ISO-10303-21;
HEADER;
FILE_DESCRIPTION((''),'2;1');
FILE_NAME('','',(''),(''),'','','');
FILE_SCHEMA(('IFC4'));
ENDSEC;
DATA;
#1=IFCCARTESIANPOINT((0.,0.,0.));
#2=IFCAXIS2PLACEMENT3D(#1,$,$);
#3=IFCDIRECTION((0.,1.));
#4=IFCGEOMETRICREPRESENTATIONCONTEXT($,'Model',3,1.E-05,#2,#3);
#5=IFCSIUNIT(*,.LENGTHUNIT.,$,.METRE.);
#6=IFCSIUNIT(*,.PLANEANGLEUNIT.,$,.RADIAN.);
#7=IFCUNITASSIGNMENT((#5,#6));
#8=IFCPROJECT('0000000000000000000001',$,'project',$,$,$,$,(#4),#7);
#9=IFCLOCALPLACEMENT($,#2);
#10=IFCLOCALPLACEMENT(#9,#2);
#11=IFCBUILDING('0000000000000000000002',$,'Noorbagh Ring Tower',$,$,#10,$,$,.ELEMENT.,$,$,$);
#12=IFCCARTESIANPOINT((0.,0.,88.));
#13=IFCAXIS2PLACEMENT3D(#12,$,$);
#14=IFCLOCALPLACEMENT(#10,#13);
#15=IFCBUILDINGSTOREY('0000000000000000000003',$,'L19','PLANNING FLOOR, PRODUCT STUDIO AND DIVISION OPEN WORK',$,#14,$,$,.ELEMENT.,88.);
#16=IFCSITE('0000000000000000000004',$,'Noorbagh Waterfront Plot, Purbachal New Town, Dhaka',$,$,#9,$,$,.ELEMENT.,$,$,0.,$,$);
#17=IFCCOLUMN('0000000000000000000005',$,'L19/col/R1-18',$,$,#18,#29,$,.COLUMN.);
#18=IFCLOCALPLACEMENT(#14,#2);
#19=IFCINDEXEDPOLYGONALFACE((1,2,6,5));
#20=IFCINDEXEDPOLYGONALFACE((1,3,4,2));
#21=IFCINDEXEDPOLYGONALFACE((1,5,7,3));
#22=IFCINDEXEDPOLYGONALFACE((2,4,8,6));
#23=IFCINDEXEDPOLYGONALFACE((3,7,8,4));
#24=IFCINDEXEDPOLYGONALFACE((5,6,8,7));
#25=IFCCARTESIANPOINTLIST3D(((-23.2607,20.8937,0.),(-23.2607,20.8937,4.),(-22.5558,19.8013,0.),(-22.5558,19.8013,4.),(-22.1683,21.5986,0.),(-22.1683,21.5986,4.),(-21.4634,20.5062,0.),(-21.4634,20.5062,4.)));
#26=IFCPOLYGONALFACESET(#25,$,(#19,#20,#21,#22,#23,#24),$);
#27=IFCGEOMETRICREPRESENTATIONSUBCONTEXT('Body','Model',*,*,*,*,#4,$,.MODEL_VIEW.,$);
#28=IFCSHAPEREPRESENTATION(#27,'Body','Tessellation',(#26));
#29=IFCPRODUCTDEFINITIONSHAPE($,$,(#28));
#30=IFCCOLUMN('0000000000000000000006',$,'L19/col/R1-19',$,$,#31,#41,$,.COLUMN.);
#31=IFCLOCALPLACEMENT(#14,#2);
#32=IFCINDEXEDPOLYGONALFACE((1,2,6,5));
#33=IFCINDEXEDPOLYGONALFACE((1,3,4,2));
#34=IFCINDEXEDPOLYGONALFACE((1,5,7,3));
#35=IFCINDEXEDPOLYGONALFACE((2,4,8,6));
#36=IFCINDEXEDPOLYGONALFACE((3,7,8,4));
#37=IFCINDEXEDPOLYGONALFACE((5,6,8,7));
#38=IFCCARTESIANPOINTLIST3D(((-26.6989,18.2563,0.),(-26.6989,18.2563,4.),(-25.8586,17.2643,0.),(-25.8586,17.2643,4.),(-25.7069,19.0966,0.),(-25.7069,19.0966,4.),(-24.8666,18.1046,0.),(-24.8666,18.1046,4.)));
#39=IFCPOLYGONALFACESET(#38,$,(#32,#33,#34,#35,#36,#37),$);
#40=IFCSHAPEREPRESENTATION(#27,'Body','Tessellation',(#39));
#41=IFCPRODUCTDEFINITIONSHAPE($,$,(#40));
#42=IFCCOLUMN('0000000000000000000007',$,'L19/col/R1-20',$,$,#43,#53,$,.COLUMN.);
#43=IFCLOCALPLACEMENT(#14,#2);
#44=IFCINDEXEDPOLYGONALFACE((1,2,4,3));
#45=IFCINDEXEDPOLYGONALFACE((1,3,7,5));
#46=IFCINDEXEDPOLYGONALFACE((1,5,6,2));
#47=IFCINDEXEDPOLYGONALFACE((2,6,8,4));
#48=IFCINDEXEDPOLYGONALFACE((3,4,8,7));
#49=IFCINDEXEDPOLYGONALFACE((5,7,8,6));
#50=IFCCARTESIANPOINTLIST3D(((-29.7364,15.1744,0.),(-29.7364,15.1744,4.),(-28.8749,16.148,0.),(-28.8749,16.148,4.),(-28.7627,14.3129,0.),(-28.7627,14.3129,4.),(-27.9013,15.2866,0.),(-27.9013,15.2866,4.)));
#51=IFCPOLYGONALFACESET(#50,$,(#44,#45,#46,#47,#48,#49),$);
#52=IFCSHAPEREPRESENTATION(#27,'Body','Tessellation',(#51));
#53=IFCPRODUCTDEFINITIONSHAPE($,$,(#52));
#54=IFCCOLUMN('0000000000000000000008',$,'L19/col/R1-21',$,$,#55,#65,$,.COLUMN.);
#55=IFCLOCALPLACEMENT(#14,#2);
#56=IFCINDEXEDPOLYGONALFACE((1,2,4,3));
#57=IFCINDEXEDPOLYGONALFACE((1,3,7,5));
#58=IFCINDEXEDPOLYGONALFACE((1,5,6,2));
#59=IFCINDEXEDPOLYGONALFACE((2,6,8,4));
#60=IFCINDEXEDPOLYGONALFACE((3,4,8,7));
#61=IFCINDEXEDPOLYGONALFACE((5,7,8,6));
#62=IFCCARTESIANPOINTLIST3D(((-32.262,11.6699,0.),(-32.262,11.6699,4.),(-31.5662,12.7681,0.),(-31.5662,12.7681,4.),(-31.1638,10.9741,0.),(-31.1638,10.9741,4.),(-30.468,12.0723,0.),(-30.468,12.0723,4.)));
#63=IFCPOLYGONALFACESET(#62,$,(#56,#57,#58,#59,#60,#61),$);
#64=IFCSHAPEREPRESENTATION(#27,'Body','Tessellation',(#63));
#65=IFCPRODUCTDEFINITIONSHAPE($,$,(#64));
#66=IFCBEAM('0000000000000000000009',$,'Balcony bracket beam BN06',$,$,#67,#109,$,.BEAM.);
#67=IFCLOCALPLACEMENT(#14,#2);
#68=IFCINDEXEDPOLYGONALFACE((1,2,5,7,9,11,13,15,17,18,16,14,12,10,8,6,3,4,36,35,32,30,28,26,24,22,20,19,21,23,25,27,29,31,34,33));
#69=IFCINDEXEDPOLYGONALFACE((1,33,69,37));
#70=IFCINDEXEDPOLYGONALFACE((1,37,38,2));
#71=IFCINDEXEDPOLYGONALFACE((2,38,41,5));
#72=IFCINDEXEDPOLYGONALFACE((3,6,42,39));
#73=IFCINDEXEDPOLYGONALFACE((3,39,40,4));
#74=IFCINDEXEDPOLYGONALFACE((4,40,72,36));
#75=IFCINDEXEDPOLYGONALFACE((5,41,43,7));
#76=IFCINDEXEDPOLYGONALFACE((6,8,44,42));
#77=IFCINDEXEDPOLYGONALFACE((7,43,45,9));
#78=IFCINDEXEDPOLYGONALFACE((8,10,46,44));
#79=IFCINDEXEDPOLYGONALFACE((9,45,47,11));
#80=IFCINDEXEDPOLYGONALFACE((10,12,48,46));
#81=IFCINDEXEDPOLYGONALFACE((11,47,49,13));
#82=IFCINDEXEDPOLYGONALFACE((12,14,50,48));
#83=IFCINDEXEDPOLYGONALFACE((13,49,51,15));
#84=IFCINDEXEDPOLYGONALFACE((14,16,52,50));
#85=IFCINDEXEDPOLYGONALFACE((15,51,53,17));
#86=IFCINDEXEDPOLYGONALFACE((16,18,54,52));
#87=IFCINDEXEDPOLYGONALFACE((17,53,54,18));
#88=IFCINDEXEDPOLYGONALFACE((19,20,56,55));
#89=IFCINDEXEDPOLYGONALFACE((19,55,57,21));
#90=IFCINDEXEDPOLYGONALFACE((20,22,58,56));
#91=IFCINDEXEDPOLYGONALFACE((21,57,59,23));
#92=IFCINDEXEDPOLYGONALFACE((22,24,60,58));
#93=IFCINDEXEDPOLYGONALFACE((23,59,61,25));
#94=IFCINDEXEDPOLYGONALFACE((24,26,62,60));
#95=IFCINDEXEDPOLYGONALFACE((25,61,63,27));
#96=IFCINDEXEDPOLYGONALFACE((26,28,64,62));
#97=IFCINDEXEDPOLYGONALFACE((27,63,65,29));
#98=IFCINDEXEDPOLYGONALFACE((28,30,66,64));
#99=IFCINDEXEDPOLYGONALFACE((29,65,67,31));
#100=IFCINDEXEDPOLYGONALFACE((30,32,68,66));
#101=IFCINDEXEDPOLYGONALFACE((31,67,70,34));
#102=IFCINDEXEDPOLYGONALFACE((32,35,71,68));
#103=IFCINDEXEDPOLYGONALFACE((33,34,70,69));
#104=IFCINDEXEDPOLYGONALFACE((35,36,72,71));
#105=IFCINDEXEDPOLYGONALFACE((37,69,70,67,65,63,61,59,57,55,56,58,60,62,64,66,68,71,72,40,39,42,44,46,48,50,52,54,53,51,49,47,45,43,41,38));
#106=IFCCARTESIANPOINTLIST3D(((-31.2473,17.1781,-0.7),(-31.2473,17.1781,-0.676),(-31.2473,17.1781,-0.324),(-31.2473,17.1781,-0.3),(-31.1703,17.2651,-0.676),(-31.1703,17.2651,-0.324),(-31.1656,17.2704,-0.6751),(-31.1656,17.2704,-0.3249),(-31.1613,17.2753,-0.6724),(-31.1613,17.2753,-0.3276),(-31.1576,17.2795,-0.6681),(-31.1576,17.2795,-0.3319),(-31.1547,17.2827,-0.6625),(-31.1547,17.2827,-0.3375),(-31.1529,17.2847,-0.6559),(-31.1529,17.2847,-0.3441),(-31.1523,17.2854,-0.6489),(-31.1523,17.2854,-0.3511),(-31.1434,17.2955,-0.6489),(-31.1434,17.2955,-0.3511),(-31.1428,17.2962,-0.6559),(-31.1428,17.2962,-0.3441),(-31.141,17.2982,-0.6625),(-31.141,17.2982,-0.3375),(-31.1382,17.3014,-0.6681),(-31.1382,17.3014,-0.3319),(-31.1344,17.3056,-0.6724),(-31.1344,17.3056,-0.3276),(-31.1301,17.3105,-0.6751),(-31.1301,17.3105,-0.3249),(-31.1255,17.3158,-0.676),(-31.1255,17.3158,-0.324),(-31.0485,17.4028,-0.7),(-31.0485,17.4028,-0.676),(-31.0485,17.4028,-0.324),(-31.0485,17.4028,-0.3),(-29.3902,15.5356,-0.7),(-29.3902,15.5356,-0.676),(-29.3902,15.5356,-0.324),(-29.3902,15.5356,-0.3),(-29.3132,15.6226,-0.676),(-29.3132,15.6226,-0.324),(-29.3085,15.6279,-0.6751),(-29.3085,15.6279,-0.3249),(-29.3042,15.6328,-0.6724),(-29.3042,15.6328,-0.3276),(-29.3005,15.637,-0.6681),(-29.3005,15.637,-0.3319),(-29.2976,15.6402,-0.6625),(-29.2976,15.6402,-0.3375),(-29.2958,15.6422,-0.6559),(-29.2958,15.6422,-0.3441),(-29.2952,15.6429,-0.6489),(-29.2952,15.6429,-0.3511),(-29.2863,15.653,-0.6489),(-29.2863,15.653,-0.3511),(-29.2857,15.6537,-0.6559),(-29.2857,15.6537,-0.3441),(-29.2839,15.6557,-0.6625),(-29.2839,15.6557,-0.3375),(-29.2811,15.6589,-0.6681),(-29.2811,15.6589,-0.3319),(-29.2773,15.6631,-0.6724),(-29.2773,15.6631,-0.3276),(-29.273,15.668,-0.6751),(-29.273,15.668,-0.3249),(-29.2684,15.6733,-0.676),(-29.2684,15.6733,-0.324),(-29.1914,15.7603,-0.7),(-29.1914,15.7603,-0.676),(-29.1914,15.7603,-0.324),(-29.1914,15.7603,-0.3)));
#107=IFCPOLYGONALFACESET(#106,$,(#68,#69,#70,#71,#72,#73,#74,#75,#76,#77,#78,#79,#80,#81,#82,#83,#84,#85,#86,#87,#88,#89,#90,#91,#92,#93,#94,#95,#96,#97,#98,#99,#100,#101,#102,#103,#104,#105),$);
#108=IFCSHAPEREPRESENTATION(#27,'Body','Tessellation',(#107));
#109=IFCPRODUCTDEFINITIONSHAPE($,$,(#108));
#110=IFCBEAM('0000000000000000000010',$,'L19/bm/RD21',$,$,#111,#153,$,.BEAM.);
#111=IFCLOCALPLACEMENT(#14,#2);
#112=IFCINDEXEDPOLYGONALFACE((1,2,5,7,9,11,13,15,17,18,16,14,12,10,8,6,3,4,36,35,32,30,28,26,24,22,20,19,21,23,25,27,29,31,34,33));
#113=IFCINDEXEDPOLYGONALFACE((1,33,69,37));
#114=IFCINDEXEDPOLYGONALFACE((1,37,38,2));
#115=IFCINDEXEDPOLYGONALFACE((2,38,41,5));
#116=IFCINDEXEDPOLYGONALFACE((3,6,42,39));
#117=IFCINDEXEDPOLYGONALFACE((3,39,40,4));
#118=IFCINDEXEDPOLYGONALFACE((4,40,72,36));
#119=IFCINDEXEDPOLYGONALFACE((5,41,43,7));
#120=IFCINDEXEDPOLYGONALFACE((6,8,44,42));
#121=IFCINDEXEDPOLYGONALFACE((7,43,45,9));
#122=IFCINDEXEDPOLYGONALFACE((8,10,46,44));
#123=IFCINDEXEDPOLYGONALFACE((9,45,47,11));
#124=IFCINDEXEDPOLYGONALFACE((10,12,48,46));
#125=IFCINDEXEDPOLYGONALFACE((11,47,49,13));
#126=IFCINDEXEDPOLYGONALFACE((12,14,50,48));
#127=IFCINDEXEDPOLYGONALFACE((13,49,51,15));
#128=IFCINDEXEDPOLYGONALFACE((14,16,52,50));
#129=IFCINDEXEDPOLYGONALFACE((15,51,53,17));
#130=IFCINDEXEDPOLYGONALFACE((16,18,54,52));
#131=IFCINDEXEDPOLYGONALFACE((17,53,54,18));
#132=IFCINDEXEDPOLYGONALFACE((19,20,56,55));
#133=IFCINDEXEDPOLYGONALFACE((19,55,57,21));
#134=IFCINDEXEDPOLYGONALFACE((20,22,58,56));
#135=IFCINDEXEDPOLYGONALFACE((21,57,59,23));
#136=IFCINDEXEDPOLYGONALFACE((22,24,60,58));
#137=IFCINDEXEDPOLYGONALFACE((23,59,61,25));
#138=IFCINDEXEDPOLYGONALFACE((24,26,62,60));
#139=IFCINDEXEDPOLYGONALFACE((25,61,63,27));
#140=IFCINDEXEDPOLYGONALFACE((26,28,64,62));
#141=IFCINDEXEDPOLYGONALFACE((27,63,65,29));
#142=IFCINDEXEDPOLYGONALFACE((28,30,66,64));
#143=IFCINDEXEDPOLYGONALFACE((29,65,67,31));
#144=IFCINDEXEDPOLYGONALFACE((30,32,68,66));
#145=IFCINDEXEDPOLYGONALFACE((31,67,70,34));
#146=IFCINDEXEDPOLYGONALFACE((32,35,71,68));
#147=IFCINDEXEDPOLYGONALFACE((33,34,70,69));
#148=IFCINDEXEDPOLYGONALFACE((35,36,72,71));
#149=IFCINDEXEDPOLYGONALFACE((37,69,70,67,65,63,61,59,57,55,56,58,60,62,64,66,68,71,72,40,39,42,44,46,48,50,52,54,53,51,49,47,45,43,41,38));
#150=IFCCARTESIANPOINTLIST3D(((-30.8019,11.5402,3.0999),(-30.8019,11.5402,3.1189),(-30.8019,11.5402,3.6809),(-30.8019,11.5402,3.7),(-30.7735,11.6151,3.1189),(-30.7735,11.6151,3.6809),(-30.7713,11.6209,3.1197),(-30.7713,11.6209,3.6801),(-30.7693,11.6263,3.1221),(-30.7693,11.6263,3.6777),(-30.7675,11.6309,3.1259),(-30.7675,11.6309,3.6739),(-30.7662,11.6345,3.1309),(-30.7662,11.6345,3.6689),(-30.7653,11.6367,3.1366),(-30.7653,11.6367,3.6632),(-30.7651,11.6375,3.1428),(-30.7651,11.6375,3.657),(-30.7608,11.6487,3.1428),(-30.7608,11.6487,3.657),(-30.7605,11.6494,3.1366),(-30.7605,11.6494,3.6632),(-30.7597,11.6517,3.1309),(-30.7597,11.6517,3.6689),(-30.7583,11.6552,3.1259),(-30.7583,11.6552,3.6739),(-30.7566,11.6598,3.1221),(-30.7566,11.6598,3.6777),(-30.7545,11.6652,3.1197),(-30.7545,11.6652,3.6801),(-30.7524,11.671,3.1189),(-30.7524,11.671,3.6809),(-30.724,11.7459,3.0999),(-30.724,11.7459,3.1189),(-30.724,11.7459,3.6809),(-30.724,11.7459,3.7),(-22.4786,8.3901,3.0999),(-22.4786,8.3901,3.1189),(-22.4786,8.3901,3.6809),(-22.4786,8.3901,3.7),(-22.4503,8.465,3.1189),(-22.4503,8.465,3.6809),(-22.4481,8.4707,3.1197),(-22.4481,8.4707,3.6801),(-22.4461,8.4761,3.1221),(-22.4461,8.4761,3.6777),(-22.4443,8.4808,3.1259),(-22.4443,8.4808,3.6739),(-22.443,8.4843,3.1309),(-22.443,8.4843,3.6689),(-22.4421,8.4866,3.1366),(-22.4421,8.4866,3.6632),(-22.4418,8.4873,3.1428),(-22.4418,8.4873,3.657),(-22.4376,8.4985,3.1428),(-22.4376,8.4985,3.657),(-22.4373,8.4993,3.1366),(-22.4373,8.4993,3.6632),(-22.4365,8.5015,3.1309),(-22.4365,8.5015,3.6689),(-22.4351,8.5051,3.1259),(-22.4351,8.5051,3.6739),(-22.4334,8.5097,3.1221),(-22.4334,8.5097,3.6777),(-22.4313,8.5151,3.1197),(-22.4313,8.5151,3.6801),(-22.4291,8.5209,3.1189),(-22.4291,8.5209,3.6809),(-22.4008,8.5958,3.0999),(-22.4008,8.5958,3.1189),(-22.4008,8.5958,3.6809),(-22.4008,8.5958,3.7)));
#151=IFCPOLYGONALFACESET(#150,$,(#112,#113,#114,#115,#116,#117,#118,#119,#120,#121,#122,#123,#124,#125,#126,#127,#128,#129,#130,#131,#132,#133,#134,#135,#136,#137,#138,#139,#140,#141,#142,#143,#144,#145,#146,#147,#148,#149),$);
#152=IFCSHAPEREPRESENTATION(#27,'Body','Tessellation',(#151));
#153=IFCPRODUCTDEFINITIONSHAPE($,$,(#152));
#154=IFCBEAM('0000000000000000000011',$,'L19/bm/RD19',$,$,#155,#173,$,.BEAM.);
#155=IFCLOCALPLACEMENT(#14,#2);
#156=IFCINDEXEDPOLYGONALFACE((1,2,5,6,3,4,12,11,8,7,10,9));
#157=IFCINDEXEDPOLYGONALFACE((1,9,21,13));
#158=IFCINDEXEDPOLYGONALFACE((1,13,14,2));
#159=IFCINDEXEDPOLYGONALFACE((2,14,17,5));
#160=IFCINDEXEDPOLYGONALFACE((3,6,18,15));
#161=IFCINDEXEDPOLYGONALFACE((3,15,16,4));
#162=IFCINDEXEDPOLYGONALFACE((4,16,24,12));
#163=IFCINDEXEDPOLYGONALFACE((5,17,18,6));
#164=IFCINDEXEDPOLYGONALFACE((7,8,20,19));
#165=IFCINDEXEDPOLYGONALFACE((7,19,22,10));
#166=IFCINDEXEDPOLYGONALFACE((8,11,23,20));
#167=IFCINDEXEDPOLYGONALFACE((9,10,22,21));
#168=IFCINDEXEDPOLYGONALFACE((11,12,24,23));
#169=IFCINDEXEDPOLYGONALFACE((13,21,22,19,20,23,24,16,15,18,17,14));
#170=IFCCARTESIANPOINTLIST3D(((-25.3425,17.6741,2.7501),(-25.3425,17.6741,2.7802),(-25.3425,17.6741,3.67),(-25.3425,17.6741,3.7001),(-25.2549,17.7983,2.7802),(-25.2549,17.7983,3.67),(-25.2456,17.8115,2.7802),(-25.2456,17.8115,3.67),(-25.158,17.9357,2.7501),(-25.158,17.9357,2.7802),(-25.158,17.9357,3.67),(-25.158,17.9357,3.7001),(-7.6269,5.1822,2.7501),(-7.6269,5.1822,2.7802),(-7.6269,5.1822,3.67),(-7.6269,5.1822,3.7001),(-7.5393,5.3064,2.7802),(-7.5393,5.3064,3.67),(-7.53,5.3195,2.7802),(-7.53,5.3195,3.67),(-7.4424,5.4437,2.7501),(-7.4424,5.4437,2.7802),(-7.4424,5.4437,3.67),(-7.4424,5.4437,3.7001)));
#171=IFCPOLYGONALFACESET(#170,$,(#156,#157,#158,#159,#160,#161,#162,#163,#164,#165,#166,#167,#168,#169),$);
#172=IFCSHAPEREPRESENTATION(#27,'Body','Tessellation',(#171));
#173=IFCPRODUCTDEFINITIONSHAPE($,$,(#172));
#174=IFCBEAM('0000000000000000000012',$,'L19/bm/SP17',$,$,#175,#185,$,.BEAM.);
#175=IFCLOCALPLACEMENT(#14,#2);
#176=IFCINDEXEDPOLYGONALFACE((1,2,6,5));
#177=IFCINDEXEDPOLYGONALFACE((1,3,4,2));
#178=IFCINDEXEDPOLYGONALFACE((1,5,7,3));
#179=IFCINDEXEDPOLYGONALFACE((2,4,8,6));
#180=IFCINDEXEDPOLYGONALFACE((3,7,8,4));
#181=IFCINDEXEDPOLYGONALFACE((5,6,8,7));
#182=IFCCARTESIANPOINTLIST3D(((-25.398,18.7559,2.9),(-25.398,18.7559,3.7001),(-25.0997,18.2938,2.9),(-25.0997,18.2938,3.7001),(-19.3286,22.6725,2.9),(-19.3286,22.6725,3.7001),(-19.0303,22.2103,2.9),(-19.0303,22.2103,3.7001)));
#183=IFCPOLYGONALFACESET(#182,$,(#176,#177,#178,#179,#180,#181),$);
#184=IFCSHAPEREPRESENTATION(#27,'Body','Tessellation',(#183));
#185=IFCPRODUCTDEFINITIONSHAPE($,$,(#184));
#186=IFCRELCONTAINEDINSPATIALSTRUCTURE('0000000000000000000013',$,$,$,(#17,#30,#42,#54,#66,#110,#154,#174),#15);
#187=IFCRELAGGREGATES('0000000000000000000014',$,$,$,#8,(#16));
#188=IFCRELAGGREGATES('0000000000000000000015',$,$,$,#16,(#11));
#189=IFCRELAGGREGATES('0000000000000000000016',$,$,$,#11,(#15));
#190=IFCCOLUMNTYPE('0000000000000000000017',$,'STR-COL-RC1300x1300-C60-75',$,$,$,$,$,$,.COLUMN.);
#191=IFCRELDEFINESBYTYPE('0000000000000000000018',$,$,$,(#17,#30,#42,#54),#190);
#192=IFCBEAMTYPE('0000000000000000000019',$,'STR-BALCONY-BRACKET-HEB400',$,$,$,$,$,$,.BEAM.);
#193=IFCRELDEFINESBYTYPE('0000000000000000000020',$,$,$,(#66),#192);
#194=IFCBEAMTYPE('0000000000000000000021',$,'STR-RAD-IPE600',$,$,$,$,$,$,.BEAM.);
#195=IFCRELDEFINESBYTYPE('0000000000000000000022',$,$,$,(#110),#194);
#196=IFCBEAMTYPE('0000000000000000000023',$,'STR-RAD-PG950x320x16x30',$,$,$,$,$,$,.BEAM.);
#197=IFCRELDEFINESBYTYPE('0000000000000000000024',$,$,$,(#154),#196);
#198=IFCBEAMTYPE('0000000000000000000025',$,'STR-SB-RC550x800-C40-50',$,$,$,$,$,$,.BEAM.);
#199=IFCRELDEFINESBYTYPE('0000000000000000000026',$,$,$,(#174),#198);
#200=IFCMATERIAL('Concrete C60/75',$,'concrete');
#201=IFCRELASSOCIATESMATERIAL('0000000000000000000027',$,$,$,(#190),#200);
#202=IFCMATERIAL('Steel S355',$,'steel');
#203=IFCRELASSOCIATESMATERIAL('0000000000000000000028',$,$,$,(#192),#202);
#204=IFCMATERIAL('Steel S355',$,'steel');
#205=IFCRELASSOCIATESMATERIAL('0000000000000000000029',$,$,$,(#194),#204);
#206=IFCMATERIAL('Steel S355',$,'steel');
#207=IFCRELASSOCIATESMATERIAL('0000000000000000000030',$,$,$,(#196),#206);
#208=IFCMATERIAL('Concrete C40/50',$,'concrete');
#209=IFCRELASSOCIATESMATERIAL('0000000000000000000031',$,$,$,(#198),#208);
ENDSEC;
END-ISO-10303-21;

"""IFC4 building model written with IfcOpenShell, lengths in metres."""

from ifc_helpers import new_model, si_unit, direction, frame, origin, origin_2d, place, context, subcontext, project, spatial, rectangle, i_section, extrude, material, material_profile, profile_set, type_object, element, save


model = new_model("IFC4")

# Units and contexts
model_context = context("Model", 3, precision=1e-05, world=origin(), true_north=direction((0.0, 1.0)))
body_context = subcontext(model_context, "Body", "Model", "MODEL_VIEW")
ifc_project = project(units=[si_unit("LENGTHUNIT", "METRE"), si_unit("PLANEANGLEUNIT", "RADIAN")], contexts=[model_context])

# Site, building, storey
site_placement = place(None, origin())
site = spatial("IfcSite", under=ifc_project, at=site_placement, Name="Noorbagh Waterfront Plot, Purbachal New Town, Dhaka", CompositionType="ELEMENT", RefElevation=0.0)
building_placement = place(site_placement, origin())
building = spatial("IfcBuilding", under=site, at=building_placement, Name="Noorbagh Ring Tower", CompositionType="ELEMENT")
storey_placement = place(building_placement, frame((0.0, 0.0, 88.0)))
storey = spatial("IfcBuildingStorey", under=building, at=storey_placement, Name="L19", Description="PLANNING FLOOR, PRODUCT STUDIO AND DIVISION OPEN WORK", CompositionType="ELEMENT", Elevation=88.0)

# Columns
ifc_material_1 = material(Name="Concrete C60/75", Category="concrete")
ifc_material_profile_1 = material_profile(ifc_material_1, rectangle(XDim=1.3, YDim=1.3, at=origin_2d()), Name="RC1300x1300")
ifc_profile_set_1 = profile_set([ifc_material_profile_1], Name="Concrete C60/75")
column_type = type_object("IfcColumnType", Name="STR-COL-RC1300x1300-C60-75", PredefinedType="COLUMN", material=ifc_profile_set_1)
for number, where, z_axis, x_axis, name in (
    (1, (-22.3621, 20.7, 0.0), (0.0, 0.0, 1.0), (-0.840248, -0.542203, 0.0), "L19/col/R1-18"),
    (2, (-25.7827, 18.1804, 0.0), (0.0, 0.0, 1.0), (-0.763035, -0.646357, 0.0), "L19/col/R1-19"),
    (3, (-28.8188, 15.2305, 0.0), (0.0, 0.0, 1.0), (-0.662636, -0.748942, 0.0), "L19/col/R1-20"),
    (4, (-31.365, 11.8711, 0.0), (0.0, 0.0, 1.0), (-0.53519, -0.844731, 0.0), "L19/col/R1-21"),
):
    element("IfcColumn", number, at=place(storey_placement, frame(where, z_axis=z_axis, x_axis=x_axis)), inside=storey, type_object=column_type, Name=name, PredefinedType="COLUMN", context=body_context, shape_type="SweptSolid", body=[
        extrude(rectangle(XDim=1.3, YDim=1.3, at=origin_2d()), origin(), (0.0, 0.0, 1.0), 4.0),
    ])

# Beams
ifc_material_2 = material(Name="Steel S355", Category="steel")
ifc_material_profile_2 = material_profile(ifc_material_2, i_section(OverallWidth=0.3, OverallDepth=0.3999, WebThickness=0.0134, FlangeThickness=0.0239, FilletRadius=0.0271, at=origin_2d()), Name="HEB400")
ifc_profile_set_2 = profile_set([ifc_material_profile_2], Name="Steel S355")
beam_type_1 = type_object("IfcBeamType", Name="STR-BALCONY-BRACKET-HEB400", PredefinedType="BEAM", material=ifc_profile_set_2)
beam_1_placement = place(storey_placement, frame((-29.2908, 15.6479, -0.5), z_axis=(-0.749059, 0.662504, 0.0), x_axis=(-0.662504, -0.749059, 0.0)))
element("IfcBeam", 5, at=beam_1_placement, inside=storey, type_object=beam_type_1, Name="Balcony bracket beam BN06", PredefinedType="BEAM", context=body_context, shape_type="SweptSolid", body=[
    extrude(i_section(OverallWidth=0.3, OverallDepth=0.3999, WebThickness=0.0134, FlangeThickness=0.0239, FilletRadius=0.0271, at=origin_2d()), origin(), (0.0, 0.0, 1.0), 2.4792),
])
ifc_material_3 = material(Name="Steel S355", Category="steel")
ifc_material_profile_3 = material_profile(ifc_material_3, i_section(OverallWidth=0.22, OverallDepth=0.6001, WebThickness=0.012, FlangeThickness=0.019, FilletRadius=0.0239, at=origin_2d()), Name="IPE600")
ifc_profile_set_3 = profile_set([ifc_material_profile_3], Name="Steel S355")
beam_type_2 = type_object("IfcBeamType", Name="STR-RAD-IPE600", PredefinedType="BEAM", material=ifc_profile_set_3)
beam_2_placement = place(storey_placement, frame((-30.7629, 11.6431, 3.3999), z_axis=(0.935256, -0.353972, 0.0), x_axis=(0.353972, 0.935256, 0.0)))
element("IfcBeam", 6, at=beam_2_placement, inside=storey, type_object=beam_type_2, Name="L19/bm/RD21", PredefinedType="BEAM", context=body_context, shape_type="SweptSolid", body=[
    extrude(i_section(OverallWidth=0.22, OverallDepth=0.6001, WebThickness=0.012, FlangeThickness=0.019, FilletRadius=0.0239, at=origin_2d()), origin(), (0.0, 0.0, 1.0), 8.8994),
])
ifc_material_4 = material(Name="Steel S355", Category="steel")
ifc_material_profile_4 = material_profile(ifc_material_4, i_section(OverallWidth=0.3201, OverallDepth=0.95, WebThickness=0.0161, FlangeThickness=0.03, at=origin_2d()), Name="PG950x320x16x30")
ifc_profile_set_4 = profile_set([ifc_material_profile_4], Name="Steel S355")
beam_type_3 = type_object("IfcBeamType", Name="STR-RAD-PG950x320x16x30", PredefinedType="BEAM", material=ifc_profile_set_4)
beam_3_placement = place(storey_placement, frame((-25.2502, 17.8049, 3.2251), z_axis=(0.817254, -0.576278, 0.0), x_axis=(0.576278, 0.817254, 0.0)))
element("IfcBeam", 7, at=beam_3_placement, inside=storey, type_object=beam_type_3, Name="L19/bm/RD19", PredefinedType="BEAM", context=body_context, shape_type="SweptSolid", body=[
    extrude(i_section(OverallWidth=0.3201, OverallDepth=0.95, WebThickness=0.0161, FlangeThickness=0.03, at=origin_2d()), origin(), (0.0, 0.0, 1.0), 21.677),
])
ifc_material_5 = material(Name="Concrete C40/50", Category="concrete")
ifc_material_profile_5 = material_profile(ifc_material_5, rectangle(XDim=0.55, YDim=0.8, at=origin_2d()), Name="RC550x800")
ifc_profile_set_5 = profile_set([ifc_material_profile_5], Name="Concrete C40/50")
beam_type_4 = type_object("IfcBeamType", Name="STR-SB-RC550x800-C40-50", PredefinedType="BEAM", material=ifc_profile_set_5)
beam_4_placement = place(storey_placement, frame((-19.1794, 22.4414, 3.3), z_axis=(-0.840246, -0.542205, 0.0), x_axis=(0.542205, -0.840246, 0.0)))
element("IfcBeam", 8, at=beam_4_placement, inside=storey, type_object=beam_type_4, Name="L19/bm/SP17", PredefinedType="BEAM", context=body_context, shape_type="SweptSolid", body=[
    extrude(rectangle(XDim=0.55, YDim=0.8, at=origin_2d()), origin(), (0.0, 0.0, 1.0), 7.2234),
])

save(model, "model.ifc")
